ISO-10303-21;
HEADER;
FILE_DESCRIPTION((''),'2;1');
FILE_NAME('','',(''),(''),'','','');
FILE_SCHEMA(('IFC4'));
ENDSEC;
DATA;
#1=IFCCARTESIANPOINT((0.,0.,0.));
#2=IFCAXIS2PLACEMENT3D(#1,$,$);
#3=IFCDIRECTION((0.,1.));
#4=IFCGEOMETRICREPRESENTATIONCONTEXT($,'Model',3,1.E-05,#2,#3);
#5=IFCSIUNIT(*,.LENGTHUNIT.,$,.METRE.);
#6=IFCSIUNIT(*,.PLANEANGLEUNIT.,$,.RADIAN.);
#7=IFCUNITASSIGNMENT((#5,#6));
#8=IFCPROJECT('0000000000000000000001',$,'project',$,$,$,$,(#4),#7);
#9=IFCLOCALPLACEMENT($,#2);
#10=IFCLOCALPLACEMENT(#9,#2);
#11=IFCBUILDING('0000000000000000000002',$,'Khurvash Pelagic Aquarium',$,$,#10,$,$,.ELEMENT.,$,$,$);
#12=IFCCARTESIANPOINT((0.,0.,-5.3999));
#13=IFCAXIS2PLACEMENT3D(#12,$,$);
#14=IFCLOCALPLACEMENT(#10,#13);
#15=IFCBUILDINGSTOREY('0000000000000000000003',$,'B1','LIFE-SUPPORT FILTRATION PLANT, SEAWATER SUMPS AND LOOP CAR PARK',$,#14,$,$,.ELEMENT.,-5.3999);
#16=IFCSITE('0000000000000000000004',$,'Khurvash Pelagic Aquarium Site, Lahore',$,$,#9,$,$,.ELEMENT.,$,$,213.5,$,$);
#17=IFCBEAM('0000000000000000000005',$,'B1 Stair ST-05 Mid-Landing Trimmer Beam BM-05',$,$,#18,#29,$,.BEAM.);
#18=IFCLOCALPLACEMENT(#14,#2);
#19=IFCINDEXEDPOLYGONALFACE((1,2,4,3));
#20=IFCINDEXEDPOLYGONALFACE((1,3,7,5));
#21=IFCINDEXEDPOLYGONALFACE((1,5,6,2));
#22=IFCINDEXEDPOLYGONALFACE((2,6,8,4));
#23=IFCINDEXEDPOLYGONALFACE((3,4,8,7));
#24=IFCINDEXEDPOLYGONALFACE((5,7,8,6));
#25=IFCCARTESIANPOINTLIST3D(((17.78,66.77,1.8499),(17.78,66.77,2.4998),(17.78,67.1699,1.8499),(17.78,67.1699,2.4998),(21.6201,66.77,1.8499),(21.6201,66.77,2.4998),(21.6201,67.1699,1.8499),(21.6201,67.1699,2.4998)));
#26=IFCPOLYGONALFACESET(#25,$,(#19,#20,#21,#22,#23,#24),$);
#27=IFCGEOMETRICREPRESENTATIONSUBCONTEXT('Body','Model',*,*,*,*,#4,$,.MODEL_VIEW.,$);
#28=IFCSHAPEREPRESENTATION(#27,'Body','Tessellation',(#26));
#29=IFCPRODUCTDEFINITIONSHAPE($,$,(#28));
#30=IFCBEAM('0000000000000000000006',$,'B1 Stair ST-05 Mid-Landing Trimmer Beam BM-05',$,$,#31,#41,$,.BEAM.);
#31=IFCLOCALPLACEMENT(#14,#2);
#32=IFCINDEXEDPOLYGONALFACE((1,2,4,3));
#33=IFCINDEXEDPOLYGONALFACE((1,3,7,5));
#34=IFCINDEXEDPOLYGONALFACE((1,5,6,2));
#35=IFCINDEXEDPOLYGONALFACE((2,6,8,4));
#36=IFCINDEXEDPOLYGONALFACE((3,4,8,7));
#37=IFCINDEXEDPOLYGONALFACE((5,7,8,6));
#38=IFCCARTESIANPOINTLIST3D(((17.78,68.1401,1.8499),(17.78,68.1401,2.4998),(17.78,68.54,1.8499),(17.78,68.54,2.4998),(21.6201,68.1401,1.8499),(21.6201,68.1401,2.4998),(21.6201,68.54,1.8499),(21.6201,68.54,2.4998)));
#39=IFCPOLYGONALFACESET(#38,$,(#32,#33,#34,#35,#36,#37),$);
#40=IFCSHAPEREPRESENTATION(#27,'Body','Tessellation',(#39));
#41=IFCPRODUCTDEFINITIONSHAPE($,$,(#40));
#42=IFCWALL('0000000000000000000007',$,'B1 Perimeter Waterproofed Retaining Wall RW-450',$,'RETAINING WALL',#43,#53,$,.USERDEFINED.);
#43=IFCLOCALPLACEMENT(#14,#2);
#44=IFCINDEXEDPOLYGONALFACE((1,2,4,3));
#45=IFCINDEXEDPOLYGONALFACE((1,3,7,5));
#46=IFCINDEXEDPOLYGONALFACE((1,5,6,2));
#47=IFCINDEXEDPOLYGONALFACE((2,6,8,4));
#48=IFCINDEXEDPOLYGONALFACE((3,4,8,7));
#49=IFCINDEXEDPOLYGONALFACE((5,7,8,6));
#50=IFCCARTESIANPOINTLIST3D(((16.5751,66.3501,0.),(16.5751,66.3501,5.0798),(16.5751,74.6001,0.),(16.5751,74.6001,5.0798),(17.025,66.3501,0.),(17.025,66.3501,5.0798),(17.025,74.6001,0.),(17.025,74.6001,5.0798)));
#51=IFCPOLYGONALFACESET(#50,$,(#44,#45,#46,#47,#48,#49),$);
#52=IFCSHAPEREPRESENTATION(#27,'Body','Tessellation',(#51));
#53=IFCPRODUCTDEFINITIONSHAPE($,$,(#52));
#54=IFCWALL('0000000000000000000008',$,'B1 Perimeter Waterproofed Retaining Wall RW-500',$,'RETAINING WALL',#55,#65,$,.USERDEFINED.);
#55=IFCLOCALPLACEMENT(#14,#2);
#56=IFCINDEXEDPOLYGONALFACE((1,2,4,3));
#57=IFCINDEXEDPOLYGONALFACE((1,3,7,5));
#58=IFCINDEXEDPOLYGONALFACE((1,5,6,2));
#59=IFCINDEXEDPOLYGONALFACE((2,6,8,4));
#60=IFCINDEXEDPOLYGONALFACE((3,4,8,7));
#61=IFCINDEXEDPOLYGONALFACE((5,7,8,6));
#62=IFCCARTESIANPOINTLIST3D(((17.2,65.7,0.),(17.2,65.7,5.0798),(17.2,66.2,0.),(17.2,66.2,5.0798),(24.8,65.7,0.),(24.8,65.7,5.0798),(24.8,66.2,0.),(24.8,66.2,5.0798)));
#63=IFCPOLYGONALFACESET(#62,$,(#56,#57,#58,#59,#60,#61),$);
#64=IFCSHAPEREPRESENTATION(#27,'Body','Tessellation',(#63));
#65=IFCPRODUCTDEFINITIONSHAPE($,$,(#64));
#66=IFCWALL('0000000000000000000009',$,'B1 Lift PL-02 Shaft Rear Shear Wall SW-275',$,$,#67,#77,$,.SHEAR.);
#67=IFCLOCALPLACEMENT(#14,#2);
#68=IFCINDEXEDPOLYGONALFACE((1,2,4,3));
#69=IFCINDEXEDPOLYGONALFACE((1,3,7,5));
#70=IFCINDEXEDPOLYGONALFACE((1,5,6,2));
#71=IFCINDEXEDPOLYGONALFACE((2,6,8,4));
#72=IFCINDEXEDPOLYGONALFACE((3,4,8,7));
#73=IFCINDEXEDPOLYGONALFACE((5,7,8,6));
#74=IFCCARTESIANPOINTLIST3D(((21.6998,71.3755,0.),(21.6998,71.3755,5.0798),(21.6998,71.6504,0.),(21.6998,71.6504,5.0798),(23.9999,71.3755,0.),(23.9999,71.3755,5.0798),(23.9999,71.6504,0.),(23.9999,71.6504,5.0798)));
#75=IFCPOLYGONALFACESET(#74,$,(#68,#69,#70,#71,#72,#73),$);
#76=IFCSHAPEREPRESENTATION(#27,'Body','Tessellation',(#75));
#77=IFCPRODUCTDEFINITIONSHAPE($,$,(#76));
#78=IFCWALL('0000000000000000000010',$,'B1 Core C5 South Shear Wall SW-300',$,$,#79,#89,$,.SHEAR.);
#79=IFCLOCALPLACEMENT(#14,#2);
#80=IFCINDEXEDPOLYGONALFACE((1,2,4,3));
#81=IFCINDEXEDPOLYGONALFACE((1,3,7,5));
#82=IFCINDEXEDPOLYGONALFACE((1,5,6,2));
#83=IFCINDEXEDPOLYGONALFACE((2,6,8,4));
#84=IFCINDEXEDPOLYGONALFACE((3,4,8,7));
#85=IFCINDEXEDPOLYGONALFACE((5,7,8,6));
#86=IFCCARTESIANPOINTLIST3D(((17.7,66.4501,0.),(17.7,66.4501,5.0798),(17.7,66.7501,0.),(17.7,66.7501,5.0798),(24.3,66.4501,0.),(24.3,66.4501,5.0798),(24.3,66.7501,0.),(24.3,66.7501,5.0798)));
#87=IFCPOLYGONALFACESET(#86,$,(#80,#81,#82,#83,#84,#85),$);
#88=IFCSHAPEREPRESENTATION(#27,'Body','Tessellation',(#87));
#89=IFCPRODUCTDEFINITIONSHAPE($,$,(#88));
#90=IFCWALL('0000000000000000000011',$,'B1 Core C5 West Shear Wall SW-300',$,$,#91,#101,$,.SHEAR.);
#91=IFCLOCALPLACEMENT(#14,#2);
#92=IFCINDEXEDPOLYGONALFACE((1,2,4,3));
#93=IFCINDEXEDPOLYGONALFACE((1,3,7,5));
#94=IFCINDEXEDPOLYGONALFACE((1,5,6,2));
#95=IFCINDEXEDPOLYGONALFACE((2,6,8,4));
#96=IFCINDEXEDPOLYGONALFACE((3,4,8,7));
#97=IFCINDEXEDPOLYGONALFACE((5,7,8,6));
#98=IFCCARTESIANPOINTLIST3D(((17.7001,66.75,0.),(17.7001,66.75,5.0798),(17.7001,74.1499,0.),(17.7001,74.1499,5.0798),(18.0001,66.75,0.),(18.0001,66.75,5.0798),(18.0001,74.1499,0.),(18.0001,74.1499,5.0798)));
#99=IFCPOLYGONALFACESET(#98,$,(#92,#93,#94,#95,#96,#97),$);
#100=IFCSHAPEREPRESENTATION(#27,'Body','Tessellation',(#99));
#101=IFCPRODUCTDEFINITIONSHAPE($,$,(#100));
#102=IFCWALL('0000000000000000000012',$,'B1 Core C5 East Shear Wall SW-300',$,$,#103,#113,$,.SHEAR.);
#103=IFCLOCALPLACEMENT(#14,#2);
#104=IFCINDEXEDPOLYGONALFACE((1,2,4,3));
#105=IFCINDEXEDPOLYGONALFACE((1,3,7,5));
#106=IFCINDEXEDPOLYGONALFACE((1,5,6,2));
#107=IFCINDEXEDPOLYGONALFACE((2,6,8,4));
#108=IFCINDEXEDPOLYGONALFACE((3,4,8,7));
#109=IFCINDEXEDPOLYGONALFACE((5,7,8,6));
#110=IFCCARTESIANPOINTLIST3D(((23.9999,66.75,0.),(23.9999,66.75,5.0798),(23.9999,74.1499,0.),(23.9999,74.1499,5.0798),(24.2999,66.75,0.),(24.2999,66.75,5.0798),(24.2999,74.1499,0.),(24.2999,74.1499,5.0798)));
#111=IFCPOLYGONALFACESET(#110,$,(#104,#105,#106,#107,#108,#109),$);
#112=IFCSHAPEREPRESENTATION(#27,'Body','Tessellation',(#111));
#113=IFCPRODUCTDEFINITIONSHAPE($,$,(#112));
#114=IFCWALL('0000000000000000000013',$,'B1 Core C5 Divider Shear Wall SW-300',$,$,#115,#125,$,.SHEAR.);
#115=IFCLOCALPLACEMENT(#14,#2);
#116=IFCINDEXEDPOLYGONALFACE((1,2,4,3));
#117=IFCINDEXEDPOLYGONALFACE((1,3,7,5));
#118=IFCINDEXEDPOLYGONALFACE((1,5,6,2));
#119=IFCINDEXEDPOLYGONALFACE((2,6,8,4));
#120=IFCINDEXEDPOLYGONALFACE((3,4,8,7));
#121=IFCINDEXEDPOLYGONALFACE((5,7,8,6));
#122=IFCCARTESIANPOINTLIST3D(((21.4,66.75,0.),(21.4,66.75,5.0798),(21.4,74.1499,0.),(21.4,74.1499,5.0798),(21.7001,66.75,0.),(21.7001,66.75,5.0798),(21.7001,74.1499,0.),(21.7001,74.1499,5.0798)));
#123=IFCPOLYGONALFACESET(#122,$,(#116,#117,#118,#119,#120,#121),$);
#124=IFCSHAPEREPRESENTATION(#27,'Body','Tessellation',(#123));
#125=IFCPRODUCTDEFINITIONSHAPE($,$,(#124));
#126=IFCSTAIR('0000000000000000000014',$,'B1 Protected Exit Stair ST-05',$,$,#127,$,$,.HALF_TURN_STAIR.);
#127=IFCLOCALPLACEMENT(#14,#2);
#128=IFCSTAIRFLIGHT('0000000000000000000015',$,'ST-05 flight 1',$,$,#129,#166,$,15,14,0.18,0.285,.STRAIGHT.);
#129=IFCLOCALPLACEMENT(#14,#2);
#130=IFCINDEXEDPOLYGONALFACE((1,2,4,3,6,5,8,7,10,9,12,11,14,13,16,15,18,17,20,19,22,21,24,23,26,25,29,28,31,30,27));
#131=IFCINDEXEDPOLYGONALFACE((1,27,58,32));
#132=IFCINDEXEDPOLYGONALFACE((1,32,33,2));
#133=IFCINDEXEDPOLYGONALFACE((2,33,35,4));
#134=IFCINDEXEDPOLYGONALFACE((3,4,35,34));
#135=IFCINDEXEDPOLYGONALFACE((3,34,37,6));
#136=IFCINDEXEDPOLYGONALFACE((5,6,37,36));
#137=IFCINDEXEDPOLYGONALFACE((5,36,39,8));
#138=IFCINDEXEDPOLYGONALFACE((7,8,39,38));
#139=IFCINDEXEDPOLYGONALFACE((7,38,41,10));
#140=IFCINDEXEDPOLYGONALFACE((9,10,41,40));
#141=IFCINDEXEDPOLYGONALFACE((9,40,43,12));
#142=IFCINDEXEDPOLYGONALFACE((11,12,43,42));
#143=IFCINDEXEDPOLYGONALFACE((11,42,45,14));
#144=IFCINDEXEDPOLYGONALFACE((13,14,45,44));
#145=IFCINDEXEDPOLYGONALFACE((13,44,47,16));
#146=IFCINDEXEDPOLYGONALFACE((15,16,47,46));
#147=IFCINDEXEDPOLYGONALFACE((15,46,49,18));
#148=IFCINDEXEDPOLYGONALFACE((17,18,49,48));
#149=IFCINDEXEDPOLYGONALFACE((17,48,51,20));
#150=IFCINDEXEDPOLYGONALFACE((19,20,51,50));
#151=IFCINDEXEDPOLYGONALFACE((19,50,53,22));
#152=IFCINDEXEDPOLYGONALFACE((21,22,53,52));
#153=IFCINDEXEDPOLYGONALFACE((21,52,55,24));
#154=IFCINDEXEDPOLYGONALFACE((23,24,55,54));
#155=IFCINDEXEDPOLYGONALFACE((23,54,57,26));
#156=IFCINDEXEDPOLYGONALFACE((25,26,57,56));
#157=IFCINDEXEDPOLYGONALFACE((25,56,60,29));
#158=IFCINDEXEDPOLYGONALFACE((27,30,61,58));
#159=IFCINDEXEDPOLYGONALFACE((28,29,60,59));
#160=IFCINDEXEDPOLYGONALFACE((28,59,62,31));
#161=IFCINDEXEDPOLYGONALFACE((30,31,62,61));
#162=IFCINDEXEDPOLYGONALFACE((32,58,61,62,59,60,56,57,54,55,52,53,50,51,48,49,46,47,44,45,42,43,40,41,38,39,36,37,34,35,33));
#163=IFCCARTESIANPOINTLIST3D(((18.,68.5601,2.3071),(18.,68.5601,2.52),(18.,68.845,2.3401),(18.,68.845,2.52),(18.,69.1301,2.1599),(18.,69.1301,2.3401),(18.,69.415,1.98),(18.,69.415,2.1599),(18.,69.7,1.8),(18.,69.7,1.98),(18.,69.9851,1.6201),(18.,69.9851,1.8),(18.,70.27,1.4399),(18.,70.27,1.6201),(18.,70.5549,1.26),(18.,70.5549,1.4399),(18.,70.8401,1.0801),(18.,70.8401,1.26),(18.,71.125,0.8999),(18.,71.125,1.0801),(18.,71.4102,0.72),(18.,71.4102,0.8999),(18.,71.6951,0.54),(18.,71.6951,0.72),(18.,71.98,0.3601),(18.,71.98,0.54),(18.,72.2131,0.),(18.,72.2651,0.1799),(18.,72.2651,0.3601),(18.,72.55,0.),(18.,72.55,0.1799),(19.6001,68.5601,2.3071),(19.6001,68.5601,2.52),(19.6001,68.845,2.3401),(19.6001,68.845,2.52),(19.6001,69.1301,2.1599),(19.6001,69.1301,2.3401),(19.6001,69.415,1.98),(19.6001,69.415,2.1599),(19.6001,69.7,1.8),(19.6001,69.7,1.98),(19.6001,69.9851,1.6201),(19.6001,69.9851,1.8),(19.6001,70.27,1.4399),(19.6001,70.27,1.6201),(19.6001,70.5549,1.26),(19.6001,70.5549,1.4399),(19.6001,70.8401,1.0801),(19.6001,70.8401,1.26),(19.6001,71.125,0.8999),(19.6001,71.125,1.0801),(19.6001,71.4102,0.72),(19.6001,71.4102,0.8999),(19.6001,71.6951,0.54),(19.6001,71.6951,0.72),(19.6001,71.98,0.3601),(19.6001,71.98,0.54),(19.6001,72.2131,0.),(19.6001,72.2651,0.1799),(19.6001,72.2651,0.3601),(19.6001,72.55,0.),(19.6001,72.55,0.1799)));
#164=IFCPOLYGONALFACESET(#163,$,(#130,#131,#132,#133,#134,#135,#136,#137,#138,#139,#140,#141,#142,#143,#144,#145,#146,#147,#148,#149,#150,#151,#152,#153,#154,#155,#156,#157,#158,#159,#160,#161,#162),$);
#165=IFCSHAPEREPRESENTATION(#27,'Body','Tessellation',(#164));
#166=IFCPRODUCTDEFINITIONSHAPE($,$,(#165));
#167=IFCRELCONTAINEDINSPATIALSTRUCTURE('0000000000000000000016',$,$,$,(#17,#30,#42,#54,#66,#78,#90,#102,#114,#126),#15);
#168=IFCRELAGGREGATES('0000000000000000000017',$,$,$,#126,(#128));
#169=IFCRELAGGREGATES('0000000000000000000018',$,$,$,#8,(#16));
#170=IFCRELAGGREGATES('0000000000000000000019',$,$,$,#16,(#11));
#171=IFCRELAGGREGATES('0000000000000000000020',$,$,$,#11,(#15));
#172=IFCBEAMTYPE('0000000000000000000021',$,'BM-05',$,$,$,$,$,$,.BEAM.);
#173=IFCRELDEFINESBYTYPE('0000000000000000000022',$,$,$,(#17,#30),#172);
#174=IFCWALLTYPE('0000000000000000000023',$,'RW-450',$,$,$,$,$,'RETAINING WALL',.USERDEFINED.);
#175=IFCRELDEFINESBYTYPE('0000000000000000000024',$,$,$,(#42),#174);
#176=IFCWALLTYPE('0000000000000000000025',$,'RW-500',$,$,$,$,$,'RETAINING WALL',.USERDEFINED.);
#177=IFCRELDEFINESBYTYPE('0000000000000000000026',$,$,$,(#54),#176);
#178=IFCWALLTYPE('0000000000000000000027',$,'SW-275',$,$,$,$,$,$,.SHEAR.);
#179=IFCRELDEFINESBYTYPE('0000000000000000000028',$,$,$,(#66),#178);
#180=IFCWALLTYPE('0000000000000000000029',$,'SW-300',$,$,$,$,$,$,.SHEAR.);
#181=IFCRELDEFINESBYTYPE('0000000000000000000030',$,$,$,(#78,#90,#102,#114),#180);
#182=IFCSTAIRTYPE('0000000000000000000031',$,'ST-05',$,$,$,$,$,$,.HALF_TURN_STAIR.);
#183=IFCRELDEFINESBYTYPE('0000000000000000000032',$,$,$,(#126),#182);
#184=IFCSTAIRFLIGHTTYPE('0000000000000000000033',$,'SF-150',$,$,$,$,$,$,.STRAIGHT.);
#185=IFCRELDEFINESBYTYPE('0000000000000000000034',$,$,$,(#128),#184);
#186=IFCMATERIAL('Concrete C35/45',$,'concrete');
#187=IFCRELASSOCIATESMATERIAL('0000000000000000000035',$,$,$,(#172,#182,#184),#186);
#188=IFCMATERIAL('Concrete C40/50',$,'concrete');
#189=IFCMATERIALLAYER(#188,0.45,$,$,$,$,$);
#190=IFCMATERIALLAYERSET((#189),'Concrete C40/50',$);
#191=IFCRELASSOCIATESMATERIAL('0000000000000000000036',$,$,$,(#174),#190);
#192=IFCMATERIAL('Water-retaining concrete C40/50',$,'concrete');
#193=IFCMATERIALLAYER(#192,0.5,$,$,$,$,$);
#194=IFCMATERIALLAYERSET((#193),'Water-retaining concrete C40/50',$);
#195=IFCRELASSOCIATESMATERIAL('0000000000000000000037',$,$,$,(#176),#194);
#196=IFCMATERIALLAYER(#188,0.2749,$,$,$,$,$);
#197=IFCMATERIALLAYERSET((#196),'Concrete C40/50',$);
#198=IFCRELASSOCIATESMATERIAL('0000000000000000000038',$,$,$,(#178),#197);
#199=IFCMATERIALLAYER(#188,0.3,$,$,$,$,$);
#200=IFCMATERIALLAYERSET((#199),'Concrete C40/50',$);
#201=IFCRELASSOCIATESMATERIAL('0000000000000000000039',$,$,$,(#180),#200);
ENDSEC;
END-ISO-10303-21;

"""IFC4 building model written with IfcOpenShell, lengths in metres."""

from ifc_helpers import new_model, si_unit, direction, frame, frame_2d, origin, origin_2d, place, context, subcontext, project, spatial, polyline, rectangle, outline, extrude, material, layer, layer_set, material_profile, profile_set, type_object, element, aggregate, save


model = new_model("IFC4")

# Units and contexts
model_context = context("Model", 3, precision=1e-05, world=origin(), true_north=direction((0.0, 1.0)))
body_context = subcontext(model_context, "Body", "Model", "MODEL_VIEW")
ifc_project = project(units=[si_unit("LENGTHUNIT", "METRE"), si_unit("PLANEANGLEUNIT", "RADIAN")], contexts=[model_context])

# Site, building, storey
site_placement = place(None, origin())
site = spatial("IfcSite", under=ifc_project, at=site_placement, Name="Khurvash Pelagic Aquarium Site, Lahore", CompositionType="ELEMENT", RefElevation=213.5)
building_placement = place(site_placement, origin())
building = spatial("IfcBuilding", under=site, at=building_placement, Name="Khurvash Pelagic Aquarium", CompositionType="ELEMENT")
storey_placement = place(building_placement, frame((0.0, 0.0, -5.3999)))
storey = spatial("IfcBuildingStorey", under=building, at=storey_placement, Name="B1", Description="LIFE-SUPPORT FILTRATION PLANT, SEAWATER SUMPS AND LOOP CAR PARK", CompositionType="ELEMENT", Elevation=-5.3999)

# Shared definitions
ifc_material_1 = material(Name="Concrete C35/45", Category="concrete")

# Shared definitions
ifc_material_2 = material(Name="Concrete C40/50", Category="concrete")

# Beams
ifc_material_profile_1 = material_profile(ifc_material_1, rectangle(XDim=0.3999, YDim=0.6499, at=origin_2d()), Name="RC400X650")
ifc_profile_set_1 = profile_set([ifc_material_profile_1], Name="Concrete C35/45")
beam_type = type_object("IfcBeamType", Name="BM-05", PredefinedType="BEAM", material=ifc_profile_set_1)
for number, where, z_axis, x_axis, name in (
    (1, (17.78, 66.97, 2.1748), (1.0, 0.0, 0.0), (0.0, 1.0, 0.0), "B1 Stair ST-05 Mid-Landing Trimmer Beam BM-05"),
    (2, (17.78, 68.3401, 2.1748), (1.0, 0.0, 0.0), (0.0, 1.0, 0.0), "B1 Stair ST-05 Mid-Landing Trimmer Beam BM-05"),
):
    element("IfcBeam", number, at=place(storey_placement, frame(where, z_axis=z_axis, x_axis=x_axis)), inside=storey, type_object=beam_type, Name=name, PredefinedType="BEAM", context=body_context, shape_type="SweptSolid", body=[
        extrude(rectangle(XDim=0.3999, YDim=0.6499, at=origin_2d()), origin(), (0.0, 0.0, 1.0), 3.8401),
    ])

# Walls
ifc_layer_1 = layer(ifc_material_2, 0.45)
ifc_layer_set_1 = layer_set([ifc_layer_1], Name="Concrete C40/50")
wall_type_1 = type_object("IfcWallType", Name="RW-450", ElementType="RETAINING WALL", PredefinedType="USERDEFINED", material=ifc_layer_set_1)
wall_1_placement = place(storey_placement, frame((16.8, 66.3501, 0.0), z_axis=(0.0, 0.0, 1.0), x_axis=(0.0, 1.0, 0.0)))
element("IfcWall", 3, at=wall_1_placement, inside=storey, type_object=wall_type_1, Name="B1 Perimeter Waterproofed Retaining Wall RW-450", ObjectType="RETAINING WALL", PredefinedType="USERDEFINED", context=body_context, shape_type="SweptSolid", body=[
    extrude(rectangle(XDim=8.25, YDim=0.45, at=frame_2d((4.125, 0.0))), origin(), (0.0, 0.0, 1.0), 5.0798),
])
ifc_material_3 = material(Name="Water-retaining concrete C40/50", Category="concrete")
ifc_layer_2 = layer(ifc_material_3, 0.5)
ifc_layer_set_2 = layer_set([ifc_layer_2], Name="Water-retaining concrete C40/50")
wall_type_2 = type_object("IfcWallType", Name="RW-500", ElementType="RETAINING WALL", PredefinedType="USERDEFINED", material=ifc_layer_set_2)
wall_2_placement = place(storey_placement, frame((24.8, 65.95, 0.0), z_axis=(0.0, 0.0, 1.0), x_axis=(-1.0, 0.0, 0.0)))
element("IfcWall", 4, at=wall_2_placement, inside=storey, type_object=wall_type_2, Name="B1 Perimeter Waterproofed Retaining Wall RW-500", ObjectType="RETAINING WALL", PredefinedType="USERDEFINED", context=body_context, shape_type="SweptSolid", body=[
    extrude(rectangle(XDim=7.6001, YDim=0.5, at=frame_2d((3.8, 0.0))), origin(), (0.0, 0.0, 1.0), 5.0798),
])
ifc_layer_3 = layer(ifc_material_2, 0.2749)
ifc_layer_set_3 = layer_set([ifc_layer_3], Name="Concrete C40/50")
wall_type_3 = type_object("IfcWallType", Name="SW-275", PredefinedType="SHEAR", material=ifc_layer_set_3)
wall_3_placement = place(storey_placement, frame((21.7, 71.5129, 0.0), z_axis=(0.0, 0.0, 1.0), x_axis=(1.0, 0.0, 0.0)))
element("IfcWall", 5, at=wall_3_placement, inside=storey, type_object=wall_type_3, Name="B1 Lift PL-02 Shaft Rear Shear Wall SW-275", PredefinedType="SHEAR", context=body_context, shape_type="SweptSolid", body=[
    extrude(rectangle(XDim=2.3, YDim=0.2749, at=frame_2d((1.1499, 0.0))), origin(), (0.0, 0.0, 1.0), 5.0798),
])
ifc_layer_4 = layer(ifc_material_2, 0.3)
ifc_layer_set_4 = layer_set([ifc_layer_4], Name="Concrete C40/50")
wall_type_4 = type_object("IfcWallType", Name="SW-300", PredefinedType="SHEAR", material=ifc_layer_set_4)
wall_4_placement = place(storey_placement, frame((17.7, 66.6001, 0.0), z_axis=(0.0, 0.0, 1.0), x_axis=(1.0, 0.0, 0.0)))
element("IfcWall", 6, at=wall_4_placement, inside=storey, type_object=wall_type_4, Name="B1 Core C5 South Shear Wall SW-300", PredefinedType="SHEAR", context=body_context, shape_type="SweptSolid", body=[
    extrude(rectangle(XDim=6.6001, YDim=0.3, at=frame_2d((3.3, 0.0))), origin(), (0.0, 0.0, 1.0), 5.0798),
])
for number, where, z_axis, x_axis, name in (
    (7, (17.8501, 66.75, 0.0), (0.0, 0.0, 1.0), (0.0, 1.0, 0.0), "B1 Core C5 West Shear Wall SW-300"),
    (8, (24.1499, 66.75, 0.0), (0.0, 0.0, 1.0), (0.0, 1.0, 0.0), "B1 Core C5 East Shear Wall SW-300"),
    (9, (21.55, 66.75, 0.0), (0.0, 0.0, 1.0), (0.0, 1.0, 0.0), "B1 Core C5 Divider Shear Wall SW-300"),
):
    element("IfcWall", number, at=place(storey_placement, frame(where, z_axis=z_axis, x_axis=x_axis)), inside=storey, type_object=wall_type_4, Name=name, PredefinedType="SHEAR", context=body_context, shape_type="SweptSolid", body=[
        extrude(rectangle(XDim=7.3999, YDim=0.3, at=frame_2d((3.7, 0.0))), origin(), (0.0, 0.0, 1.0), 5.0798),
    ])

# Stair, stair flight
stair_type = type_object("IfcStairType", Name="ST-05", PredefinedType="HALF_TURN_STAIR", material=ifc_material_1)
stair_placement = place(storey_placement, origin())
stair = element("IfcStair", 10, at=stair_placement, inside=storey, type_object=stair_type, Name="B1 Protected Exit Stair ST-05", PredefinedType="HALF_TURN_STAIR")
stair_flight_type = type_object("IfcStairFlightType", Name="SF-150", PredefinedType="STRAIGHT", material=ifc_material_1)
stair_flight_1_placement = place(storey_placement, frame((18.8, 72.55, 0.0), z_axis=(0.0, 0.0, 1.0), x_axis=(0.0, -1.0, 0.0)))
stair_flight_1 = element("IfcStairFlight", 11, at=stair_flight_1_placement, type_object=stair_flight_type, Name="ST-05 flight 1", NumberOfRisers=15, NumberOfTreads=14, PredefinedType="STRAIGHT", RiserHeight=0.18, TreadLength=0.285, context=body_context, shape_type="SweptSolid", body=[
    extrude(outline(polyline([(0.0, 0.0), (0.0, 0.1799), (0.2849, 0.1799), (0.2849, 0.3601), (0.5701, 0.3601), (0.5701, 0.54), (0.855, 0.54), (0.855, 0.72), (1.1399, 0.72), (1.1399, 0.8999), (1.425, 0.8999), (1.425, 1.0801), (1.71, 1.0801), (1.71, 1.26), (1.9951, 1.26), (1.9951, 1.4399), (2.28, 1.4399), (2.28, 1.6201), (2.5649, 1.6201), (2.5649, 1.8), (2.8501, 1.8), (2.8501, 1.98), (3.135, 1.98), (3.135, 2.1599), (3.4199, 2.1599), (3.4199, 2.3401), (3.7051, 2.3401), (3.7051, 2.52), (3.99, 2.52), (3.99, 2.7), (3.99, 2.3071), (0.3369, 0.0), (0.0, 0.0)])), frame((0.0, 0.8, 0.0), z_axis=(0.0, -1.0, 0.0), x_axis=(1.0, 0.0, 0.0)), (0.0, 0.0, 1.0), 1.6001),
])
aggregate(stair, [stair_flight_1])

save(model, "model.ifc")
